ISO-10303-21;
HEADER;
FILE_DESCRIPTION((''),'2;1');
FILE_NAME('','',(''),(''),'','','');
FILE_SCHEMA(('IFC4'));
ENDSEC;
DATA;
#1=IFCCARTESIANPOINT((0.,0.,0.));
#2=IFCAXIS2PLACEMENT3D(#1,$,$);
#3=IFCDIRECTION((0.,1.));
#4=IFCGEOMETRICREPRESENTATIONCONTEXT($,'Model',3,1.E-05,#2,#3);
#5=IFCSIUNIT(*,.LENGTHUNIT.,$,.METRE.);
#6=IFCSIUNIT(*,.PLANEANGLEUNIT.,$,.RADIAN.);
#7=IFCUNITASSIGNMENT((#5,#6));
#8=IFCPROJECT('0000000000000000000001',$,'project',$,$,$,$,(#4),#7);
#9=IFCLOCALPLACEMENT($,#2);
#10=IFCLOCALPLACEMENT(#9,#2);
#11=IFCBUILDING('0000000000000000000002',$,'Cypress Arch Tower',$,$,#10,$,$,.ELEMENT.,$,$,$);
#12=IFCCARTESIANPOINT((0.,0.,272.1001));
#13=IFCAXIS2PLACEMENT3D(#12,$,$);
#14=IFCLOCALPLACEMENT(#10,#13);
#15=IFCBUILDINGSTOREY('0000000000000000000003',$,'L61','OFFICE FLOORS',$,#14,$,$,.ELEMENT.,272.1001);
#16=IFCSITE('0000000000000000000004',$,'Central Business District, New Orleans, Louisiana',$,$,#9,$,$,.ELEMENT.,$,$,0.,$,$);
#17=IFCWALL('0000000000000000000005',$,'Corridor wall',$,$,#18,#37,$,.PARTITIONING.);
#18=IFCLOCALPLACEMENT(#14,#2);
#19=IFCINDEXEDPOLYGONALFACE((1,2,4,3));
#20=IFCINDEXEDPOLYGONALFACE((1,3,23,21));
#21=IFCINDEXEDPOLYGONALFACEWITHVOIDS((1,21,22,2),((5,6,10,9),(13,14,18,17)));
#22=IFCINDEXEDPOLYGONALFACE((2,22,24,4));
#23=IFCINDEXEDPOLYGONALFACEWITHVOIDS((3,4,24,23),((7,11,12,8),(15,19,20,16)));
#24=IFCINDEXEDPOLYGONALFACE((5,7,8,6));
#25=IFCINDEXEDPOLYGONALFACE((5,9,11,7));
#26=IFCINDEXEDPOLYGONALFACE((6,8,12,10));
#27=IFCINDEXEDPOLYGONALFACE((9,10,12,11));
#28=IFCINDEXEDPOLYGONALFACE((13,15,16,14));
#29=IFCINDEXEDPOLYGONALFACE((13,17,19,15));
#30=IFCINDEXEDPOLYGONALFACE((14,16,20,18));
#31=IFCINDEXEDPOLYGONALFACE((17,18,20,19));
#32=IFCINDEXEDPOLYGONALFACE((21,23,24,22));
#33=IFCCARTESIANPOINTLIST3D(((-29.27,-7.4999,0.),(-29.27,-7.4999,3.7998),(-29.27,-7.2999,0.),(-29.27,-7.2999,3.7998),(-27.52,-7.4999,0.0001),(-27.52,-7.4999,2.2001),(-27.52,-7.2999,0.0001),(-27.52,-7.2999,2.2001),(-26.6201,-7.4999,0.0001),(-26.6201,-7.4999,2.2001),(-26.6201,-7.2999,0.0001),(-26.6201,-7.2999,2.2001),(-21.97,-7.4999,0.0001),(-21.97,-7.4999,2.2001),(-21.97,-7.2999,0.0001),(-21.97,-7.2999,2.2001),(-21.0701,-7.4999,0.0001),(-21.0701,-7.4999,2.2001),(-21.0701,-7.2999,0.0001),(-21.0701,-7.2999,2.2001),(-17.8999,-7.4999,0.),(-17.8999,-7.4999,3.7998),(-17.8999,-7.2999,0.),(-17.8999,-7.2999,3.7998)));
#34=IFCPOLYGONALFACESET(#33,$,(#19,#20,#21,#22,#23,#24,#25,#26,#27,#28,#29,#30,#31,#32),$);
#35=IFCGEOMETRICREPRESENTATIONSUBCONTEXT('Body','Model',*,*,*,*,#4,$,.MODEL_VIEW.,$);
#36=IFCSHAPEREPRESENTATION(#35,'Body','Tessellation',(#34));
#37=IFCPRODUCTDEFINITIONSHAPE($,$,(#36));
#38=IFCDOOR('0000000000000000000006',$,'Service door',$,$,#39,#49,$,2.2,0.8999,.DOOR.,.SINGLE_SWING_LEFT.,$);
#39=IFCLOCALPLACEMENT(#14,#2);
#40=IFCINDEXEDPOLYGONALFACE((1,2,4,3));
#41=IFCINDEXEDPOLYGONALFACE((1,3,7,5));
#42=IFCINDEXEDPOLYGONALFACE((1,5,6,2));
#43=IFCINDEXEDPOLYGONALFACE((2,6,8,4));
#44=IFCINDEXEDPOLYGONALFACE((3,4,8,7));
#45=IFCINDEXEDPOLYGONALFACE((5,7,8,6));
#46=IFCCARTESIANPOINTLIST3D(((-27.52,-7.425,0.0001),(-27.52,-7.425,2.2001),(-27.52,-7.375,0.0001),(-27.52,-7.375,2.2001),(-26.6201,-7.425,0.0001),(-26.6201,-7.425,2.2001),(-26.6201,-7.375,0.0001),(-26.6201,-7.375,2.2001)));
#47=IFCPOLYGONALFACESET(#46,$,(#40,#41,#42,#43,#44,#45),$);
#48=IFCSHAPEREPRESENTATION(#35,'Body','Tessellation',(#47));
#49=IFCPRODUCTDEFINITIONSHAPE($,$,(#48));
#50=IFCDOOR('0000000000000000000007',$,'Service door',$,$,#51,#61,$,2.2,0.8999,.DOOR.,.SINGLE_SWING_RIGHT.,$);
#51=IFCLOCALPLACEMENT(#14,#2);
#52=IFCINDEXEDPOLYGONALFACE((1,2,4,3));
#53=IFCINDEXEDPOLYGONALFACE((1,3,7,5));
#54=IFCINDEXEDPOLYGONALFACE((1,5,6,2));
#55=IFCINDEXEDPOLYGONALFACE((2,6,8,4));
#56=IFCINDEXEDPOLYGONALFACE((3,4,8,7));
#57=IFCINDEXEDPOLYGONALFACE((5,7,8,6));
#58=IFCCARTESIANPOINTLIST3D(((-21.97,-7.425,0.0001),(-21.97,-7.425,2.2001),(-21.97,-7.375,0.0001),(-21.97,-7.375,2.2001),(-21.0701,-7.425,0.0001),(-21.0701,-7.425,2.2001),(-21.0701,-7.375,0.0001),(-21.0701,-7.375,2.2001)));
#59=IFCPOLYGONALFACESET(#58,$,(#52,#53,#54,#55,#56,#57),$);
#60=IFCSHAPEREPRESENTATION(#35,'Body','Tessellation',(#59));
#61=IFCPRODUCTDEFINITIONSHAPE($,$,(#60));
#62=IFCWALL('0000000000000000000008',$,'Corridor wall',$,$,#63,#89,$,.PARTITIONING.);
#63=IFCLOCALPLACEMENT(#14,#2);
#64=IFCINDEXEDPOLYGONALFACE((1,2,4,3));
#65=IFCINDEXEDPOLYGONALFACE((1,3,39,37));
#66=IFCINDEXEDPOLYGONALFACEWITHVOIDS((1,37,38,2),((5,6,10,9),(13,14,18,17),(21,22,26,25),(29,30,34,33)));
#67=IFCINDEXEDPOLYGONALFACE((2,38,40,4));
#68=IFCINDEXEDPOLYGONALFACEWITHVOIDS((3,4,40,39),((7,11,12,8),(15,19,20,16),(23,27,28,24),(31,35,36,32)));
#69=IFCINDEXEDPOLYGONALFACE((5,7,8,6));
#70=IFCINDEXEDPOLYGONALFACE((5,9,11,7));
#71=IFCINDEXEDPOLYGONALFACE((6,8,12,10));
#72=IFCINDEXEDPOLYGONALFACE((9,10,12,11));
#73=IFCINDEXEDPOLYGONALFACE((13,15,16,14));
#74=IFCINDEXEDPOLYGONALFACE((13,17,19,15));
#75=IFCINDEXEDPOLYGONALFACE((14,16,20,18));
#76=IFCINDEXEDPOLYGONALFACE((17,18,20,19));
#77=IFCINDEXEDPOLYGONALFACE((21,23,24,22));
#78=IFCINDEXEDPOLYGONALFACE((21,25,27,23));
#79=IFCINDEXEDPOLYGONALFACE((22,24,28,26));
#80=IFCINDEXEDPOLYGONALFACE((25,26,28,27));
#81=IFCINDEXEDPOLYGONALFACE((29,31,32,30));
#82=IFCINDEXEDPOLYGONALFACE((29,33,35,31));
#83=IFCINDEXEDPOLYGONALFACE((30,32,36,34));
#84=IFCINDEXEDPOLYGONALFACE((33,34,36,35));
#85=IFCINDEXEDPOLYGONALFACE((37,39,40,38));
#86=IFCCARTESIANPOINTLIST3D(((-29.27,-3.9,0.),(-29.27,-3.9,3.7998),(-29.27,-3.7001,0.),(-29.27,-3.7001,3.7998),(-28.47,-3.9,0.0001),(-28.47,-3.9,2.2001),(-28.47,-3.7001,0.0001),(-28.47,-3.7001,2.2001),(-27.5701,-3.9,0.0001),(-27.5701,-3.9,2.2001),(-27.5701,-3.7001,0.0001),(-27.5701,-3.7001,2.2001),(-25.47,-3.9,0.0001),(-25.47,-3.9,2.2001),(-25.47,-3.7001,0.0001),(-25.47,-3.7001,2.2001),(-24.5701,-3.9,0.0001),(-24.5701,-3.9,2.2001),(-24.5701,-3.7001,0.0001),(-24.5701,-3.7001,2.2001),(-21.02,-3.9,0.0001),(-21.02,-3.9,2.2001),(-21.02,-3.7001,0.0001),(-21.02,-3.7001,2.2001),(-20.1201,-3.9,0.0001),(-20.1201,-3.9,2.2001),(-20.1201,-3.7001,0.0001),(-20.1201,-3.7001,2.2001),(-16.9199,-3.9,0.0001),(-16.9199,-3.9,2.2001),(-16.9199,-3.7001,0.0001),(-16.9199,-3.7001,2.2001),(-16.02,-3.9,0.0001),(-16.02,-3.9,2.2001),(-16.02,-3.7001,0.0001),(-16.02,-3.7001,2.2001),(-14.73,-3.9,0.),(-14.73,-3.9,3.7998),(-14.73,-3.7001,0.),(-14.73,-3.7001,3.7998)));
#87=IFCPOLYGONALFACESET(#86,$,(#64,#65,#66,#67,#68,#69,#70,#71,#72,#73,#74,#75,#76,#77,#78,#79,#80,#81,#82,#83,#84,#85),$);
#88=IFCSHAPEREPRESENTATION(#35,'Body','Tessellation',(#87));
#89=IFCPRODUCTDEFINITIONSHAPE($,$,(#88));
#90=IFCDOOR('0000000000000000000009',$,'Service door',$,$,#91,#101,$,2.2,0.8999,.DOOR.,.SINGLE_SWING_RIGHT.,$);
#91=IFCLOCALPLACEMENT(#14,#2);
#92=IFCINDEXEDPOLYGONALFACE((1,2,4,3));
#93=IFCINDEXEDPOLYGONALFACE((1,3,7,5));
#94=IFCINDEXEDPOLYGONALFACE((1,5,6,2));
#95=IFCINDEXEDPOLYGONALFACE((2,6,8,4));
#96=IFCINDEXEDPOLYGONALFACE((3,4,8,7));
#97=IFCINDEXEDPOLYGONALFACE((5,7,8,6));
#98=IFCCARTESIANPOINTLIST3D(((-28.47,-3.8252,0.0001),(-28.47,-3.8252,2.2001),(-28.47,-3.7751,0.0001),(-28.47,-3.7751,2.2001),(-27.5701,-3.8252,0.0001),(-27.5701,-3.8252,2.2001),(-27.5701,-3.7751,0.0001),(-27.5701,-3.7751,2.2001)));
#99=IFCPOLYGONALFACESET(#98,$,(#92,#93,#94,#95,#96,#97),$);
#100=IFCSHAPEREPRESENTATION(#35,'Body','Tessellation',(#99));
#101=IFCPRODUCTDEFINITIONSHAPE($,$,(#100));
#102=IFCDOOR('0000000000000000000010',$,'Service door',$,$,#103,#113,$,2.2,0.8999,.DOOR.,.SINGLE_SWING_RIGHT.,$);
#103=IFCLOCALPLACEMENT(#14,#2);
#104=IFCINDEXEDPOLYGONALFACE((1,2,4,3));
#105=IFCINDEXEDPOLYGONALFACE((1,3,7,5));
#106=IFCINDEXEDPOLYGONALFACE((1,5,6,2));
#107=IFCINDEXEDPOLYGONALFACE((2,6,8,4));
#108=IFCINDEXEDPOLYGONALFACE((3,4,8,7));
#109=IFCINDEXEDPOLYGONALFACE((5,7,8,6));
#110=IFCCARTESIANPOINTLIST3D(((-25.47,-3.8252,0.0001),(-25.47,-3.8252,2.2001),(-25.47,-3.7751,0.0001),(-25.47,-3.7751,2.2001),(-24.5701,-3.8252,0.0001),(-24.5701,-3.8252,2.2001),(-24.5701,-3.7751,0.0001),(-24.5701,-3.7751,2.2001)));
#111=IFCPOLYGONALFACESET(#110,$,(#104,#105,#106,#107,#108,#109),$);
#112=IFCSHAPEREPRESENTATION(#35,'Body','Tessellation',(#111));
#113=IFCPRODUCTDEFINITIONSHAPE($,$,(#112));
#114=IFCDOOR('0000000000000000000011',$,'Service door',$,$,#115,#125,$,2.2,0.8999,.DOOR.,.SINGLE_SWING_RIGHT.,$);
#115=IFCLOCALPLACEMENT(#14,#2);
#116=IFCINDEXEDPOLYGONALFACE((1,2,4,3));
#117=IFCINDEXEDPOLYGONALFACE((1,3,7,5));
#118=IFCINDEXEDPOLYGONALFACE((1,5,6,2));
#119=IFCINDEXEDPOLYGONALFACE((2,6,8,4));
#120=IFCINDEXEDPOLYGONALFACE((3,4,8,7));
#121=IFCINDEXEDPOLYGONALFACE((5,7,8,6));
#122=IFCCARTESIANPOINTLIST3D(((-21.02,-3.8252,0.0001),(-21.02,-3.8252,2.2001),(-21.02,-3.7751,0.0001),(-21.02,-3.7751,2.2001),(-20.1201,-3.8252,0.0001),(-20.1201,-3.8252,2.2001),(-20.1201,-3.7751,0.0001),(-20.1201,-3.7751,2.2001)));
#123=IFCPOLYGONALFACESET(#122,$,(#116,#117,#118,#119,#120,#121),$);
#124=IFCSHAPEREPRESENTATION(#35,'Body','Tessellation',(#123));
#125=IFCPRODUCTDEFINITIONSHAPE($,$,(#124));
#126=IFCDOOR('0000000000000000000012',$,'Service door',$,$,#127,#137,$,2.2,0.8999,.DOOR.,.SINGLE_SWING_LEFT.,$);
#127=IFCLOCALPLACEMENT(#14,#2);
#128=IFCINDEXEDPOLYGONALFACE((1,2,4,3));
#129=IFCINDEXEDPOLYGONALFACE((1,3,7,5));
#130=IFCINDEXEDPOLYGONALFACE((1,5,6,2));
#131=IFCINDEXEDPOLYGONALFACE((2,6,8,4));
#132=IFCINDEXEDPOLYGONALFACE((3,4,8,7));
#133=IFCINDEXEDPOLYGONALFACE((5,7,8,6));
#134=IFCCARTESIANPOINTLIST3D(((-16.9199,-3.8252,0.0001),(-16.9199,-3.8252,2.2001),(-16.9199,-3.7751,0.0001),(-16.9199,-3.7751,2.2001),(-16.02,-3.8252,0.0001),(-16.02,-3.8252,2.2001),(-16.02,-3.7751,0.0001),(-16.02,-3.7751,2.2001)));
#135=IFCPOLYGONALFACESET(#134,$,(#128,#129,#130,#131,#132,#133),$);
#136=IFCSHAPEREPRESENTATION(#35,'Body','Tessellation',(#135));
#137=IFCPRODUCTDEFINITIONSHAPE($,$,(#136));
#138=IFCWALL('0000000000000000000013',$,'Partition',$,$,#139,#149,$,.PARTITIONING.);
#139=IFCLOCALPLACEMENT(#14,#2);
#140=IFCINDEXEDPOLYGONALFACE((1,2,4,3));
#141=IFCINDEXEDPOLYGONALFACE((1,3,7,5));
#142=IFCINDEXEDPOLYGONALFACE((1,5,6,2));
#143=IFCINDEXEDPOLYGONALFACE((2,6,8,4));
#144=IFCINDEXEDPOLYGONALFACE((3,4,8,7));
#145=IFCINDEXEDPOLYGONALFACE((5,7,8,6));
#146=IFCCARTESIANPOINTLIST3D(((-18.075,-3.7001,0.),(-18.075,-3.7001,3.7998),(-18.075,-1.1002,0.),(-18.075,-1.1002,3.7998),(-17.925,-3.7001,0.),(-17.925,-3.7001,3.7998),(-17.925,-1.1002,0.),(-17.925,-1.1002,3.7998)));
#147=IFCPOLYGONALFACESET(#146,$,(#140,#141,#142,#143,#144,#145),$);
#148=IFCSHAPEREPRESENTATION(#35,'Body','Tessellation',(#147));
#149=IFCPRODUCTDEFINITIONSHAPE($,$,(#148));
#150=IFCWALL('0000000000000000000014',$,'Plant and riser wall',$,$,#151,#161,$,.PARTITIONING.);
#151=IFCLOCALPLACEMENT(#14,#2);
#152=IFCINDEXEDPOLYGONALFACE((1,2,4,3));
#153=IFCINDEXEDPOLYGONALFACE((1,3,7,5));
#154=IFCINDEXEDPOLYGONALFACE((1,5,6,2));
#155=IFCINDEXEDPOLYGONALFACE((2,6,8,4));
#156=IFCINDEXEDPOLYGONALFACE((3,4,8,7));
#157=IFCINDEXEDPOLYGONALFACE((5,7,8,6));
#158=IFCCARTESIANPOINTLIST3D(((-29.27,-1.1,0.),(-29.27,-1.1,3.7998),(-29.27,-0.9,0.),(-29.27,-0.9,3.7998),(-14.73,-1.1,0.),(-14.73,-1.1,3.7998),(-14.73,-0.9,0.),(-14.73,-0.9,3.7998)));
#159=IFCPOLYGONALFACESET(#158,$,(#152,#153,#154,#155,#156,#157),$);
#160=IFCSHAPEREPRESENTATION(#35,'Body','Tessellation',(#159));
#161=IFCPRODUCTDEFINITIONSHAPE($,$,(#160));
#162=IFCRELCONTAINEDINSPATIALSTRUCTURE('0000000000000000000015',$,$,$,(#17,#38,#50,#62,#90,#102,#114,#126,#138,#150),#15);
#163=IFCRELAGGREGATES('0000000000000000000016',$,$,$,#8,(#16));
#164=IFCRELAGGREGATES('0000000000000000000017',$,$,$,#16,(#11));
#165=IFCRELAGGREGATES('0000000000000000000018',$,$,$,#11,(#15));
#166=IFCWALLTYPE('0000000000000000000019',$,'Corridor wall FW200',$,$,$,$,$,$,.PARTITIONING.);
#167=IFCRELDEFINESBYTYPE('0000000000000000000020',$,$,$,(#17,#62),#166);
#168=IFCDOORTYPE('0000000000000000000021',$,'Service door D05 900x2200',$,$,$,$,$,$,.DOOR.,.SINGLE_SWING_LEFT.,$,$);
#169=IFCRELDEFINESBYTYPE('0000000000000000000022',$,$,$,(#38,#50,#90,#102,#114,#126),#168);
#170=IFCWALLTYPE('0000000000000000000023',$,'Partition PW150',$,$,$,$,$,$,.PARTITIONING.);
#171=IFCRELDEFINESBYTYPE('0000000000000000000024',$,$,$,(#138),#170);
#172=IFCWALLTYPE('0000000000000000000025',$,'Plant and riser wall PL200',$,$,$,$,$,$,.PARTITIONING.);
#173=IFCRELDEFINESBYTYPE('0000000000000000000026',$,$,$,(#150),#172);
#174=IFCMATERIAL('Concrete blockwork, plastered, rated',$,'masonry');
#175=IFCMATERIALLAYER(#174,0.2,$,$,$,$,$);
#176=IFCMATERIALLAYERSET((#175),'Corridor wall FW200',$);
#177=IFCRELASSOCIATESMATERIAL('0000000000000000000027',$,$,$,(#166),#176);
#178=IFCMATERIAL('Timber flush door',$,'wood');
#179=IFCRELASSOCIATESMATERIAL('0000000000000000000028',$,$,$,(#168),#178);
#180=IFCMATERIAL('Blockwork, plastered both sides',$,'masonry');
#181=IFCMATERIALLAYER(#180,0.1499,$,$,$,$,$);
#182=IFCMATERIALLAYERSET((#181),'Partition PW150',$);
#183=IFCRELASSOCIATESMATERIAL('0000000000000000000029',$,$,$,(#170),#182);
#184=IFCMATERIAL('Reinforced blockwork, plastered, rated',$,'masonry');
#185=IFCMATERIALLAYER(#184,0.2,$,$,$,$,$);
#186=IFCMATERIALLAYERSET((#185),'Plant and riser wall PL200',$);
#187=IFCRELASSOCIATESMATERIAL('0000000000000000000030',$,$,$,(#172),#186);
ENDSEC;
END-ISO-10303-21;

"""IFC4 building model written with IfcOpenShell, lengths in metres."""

from ifc_helpers import new_model, si_unit, direction, frame, frame_2d, origin, place, context, subcontext, project, spatial, rectangle, extrude, material, layer, layer_set, type_object, element, fill, save


model = new_model("IFC4")

# Units and contexts
model_context = context("Model", 3, precision=1e-05, world=origin(), true_north=direction((0.0, 1.0)))
body_context = subcontext(model_context, "Body", "Model", "MODEL_VIEW")
ifc_project = project(units=[si_unit("LENGTHUNIT", "METRE"), si_unit("PLANEANGLEUNIT", "RADIAN")], contexts=[model_context])

# Site, building, storey
site_placement = place(None, origin())
site = spatial("IfcSite", under=ifc_project, at=site_placement, Name="Central Business District, New Orleans, Louisiana", CompositionType="ELEMENT", RefElevation=0.0)
building_placement = place(site_placement, origin())
building = spatial("IfcBuilding", under=site, at=building_placement, Name="Cypress Arch Tower", CompositionType="ELEMENT")
storey_placement = place(building_placement, frame((0.0, 0.0, 272.1001)))
storey = spatial("IfcBuildingStorey", under=building, at=storey_placement, Name="L61", Description="OFFICE FLOORS", CompositionType="ELEMENT", Elevation=272.1001)

# Walls, openings, doors
ifc_material_1 = material(Name="Concrete blockwork, plastered, rated", Category="masonry")
ifc_layer_1 = layer(ifc_material_1, 0.2)
ifc_layer_set_1 = layer_set([ifc_layer_1], Name="Corridor wall FW200")
wall_type_1 = type_object("IfcWallType", Name="Corridor wall FW200", PredefinedType="PARTITIONING", material=ifc_layer_set_1)
wall_1_placement = place(storey_placement, frame((-29.27, -7.3999, 0.0), z_axis=(0.0, 0.0, 1.0), x_axis=(1.0, 0.0, 0.0)))
wall_1 = element("IfcWall", 1, at=wall_1_placement, inside=storey, type_object=wall_type_1, Name="Corridor wall", PredefinedType="PARTITIONING", context=body_context, shape_type="SweptSolid", body=[
    extrude(rectangle(XDim=11.3701, YDim=0.2, at=frame_2d((5.6851, 0.0))), origin(), (0.0, 0.0, 1.0), 3.7998),
])
opening_1_placement = place(wall_1_placement, frame((1.75, 0.0, 0.0)))
opening_1 = element("IfcOpeningElement", 2, at=opening_1_placement, cuts=wall_1, PredefinedType="OPENING", context=body_context, shape_type="SweptSolid", body=[
    extrude(rectangle(XDim=0.8999, YDim=2.2, at=frame_2d((0.45, 1.1001))), frame((0.0, 0.1099, 0.0), z_axis=(0.0, -1.0, 0.0), x_axis=(1.0, 0.0, 0.0)), (0.0, 0.0, 1.0), 0.22),
])
opening_2_placement = place(wall_1_placement, frame((7.3, 0.0, 0.0)))
opening_2 = element("IfcOpeningElement", 3, at=opening_2_placement, cuts=wall_1, PredefinedType="OPENING", context=body_context, shape_type="SweptSolid", body=[
    extrude(rectangle(XDim=0.8999, YDim=2.2, at=frame_2d((0.45, 1.1001))), frame((0.0, 0.1099, 0.0), z_axis=(0.0, -1.0, 0.0), x_axis=(1.0, 0.0, 0.0)), (0.0, 0.0, 1.0), 0.22),
])
ifc_material_2 = material(Name="Timber flush door", Category="wood")
door_type = type_object("IfcDoorType", Name="Service door D05 900x2200", OperationType="SINGLE_SWING_LEFT", PredefinedType="DOOR", material=ifc_material_2)
door_1_placement = place(opening_1_placement, origin())
door_1 = element("IfcDoor", 4, at=door_1_placement, inside=storey, type_object=door_type, Name="Service door", OperationType="SINGLE_SWING_LEFT", OverallHeight=2.2, OverallWidth=0.8999, PredefinedType="DOOR", context=body_context, shape_type="SweptSolid", body=[
    extrude(rectangle(XDim=0.8999, YDim=2.2, at=frame_2d((0.45, 1.1001))), frame((0.0, 0.0249, 0.0), z_axis=(0.0, -1.0, 0.0), x_axis=(1.0, 0.0, 0.0)), (0.0, 0.0, 1.0), 0.05),
])
fill(opening_1, door_1)
door_2_placement = place(opening_2_placement, origin())
door_2 = element("IfcDoor", 5, at=door_2_placement, inside=storey, type_object=door_type, Name="Service door", OperationType="SINGLE_SWING_RIGHT", OverallHeight=2.2, OverallWidth=0.8999, PredefinedType="DOOR", context=body_context, shape_type="SweptSolid", body=[
    extrude(rectangle(XDim=0.8999, YDim=2.2, at=frame_2d((0.45, 1.1001))), frame((0.0, 0.0249, 0.0), z_axis=(0.0, -1.0, 0.0), x_axis=(1.0, 0.0, 0.0)), (0.0, 0.0, 1.0), 0.05),
])
fill(opening_2, door_2)
wall_2_placement = place(storey_placement, frame((-29.27, -3.8, 0.0), z_axis=(0.0, 0.0, 1.0), x_axis=(1.0, 0.0, 0.0)))
wall_2 = element("IfcWall", 6, at=wall_2_placement, inside=storey, type_object=wall_type_1, Name="Corridor wall", PredefinedType="PARTITIONING", context=body_context, shape_type="SweptSolid", body=[
    extrude(rectangle(XDim=14.54, YDim=0.2, at=frame_2d((7.27, 0.0))), origin(), (0.0, 0.0, 1.0), 3.7998),
])
opening_3_placement = place(wall_2_placement, frame((0.8, 0.0, 0.0)))
opening_3 = element("IfcOpeningElement", 7, at=opening_3_placement, cuts=wall_2, PredefinedType="OPENING", context=body_context, shape_type="SweptSolid", body=[
    extrude(rectangle(XDim=0.8999, YDim=2.2, at=frame_2d((0.45, 1.1001))), frame((0.0, 0.1099, 0.0), z_axis=(0.0, -1.0, 0.0), x_axis=(1.0, 0.0, 0.0)), (0.0, 0.0, 1.0), 0.22),
])
opening_4_placement = place(wall_2_placement, frame((3.8, 0.0, 0.0)))
opening_4 = element("IfcOpeningElement", 8, at=opening_4_placement, cuts=wall_2, PredefinedType="OPENING", context=body_context, shape_type="SweptSolid", body=[
    extrude(rectangle(XDim=0.8999, YDim=2.2, at=frame_2d((0.45, 1.1001))), frame((0.0, 0.1099, 0.0), z_axis=(0.0, -1.0, 0.0), x_axis=(1.0, 0.0, 0.0)), (0.0, 0.0, 1.0), 0.22),
])
opening_5_placement = place(wall_2_placement, frame((8.25, 0.0, 0.0)))
opening_5 = element("IfcOpeningElement", 9, at=opening_5_placement, cuts=wall_2, PredefinedType="OPENING", context=body_context, shape_type="SweptSolid", body=[
    extrude(rectangle(XDim=0.8999, YDim=2.2, at=frame_2d((0.45, 1.1001))), frame((0.0, 0.1099, 0.0), z_axis=(0.0, -1.0, 0.0), x_axis=(1.0, 0.0, 0.0)), (0.0, 0.0, 1.0), 0.22),
])
opening_6_placement = place(wall_2_placement, frame((12.3501, 0.0, 0.0)))
opening_6 = element("IfcOpeningElement", 10, at=opening_6_placement, cuts=wall_2, PredefinedType="OPENING", context=body_context, shape_type="SweptSolid", body=[
    extrude(rectangle(XDim=0.8999, YDim=2.2, at=frame_2d((0.45, 1.1001))), frame((0.0, 0.1099, 0.0), z_axis=(0.0, -1.0, 0.0), x_axis=(1.0, 0.0, 0.0)), (0.0, 0.0, 1.0), 0.22),
])
door_3_placement = place(opening_3_placement, origin())
door_3 = element("IfcDoor", 11, at=door_3_placement, inside=storey, type_object=door_type, Name="Service door", OperationType="SINGLE_SWING_RIGHT", OverallHeight=2.2, OverallWidth=0.8999, PredefinedType="DOOR", context=body_context, shape_type="SweptSolid", body=[
    extrude(rectangle(XDim=0.8999, YDim=2.2, at=frame_2d((0.45, 1.1001))), frame((0.0, 0.0249, 0.0), z_axis=(0.0, -1.0, 0.0), x_axis=(1.0, 0.0, 0.0)), (0.0, 0.0, 1.0), 0.05),
])
fill(opening_3, door_3)
door_4_placement = place(opening_4_placement, origin())
door_4 = element("IfcDoor", 12, at=door_4_placement, inside=storey, type_object=door_type, Name="Service door", OperationType="SINGLE_SWING_RIGHT", OverallHeight=2.2, OverallWidth=0.8999, PredefinedType="DOOR", context=body_context, shape_type="SweptSolid", body=[
    extrude(rectangle(XDim=0.8999, YDim=2.2, at=frame_2d((0.45, 1.1001))), frame((0.0, 0.0249, 0.0), z_axis=(0.0, -1.0, 0.0), x_axis=(1.0, 0.0, 0.0)), (0.0, 0.0, 1.0), 0.05),
])
fill(opening_4, door_4)
door_5_placement = place(opening_5_placement, origin())
door_5 = element("IfcDoor", 13, at=door_5_placement, inside=storey, type_object=door_type, Name="Service door", OperationType="SINGLE_SWING_RIGHT", OverallHeight=2.2, OverallWidth=0.8999, PredefinedType="DOOR", context=body_context, shape_type="SweptSolid", body=[
    extrude(rectangle(XDim=0.8999, YDim=2.2, at=frame_2d((0.45, 1.1001))), frame((0.0, 0.0249, 0.0), z_axis=(0.0, -1.0, 0.0), x_axis=(1.0, 0.0, 0.0)), (0.0, 0.0, 1.0), 0.05),
])
fill(opening_5, door_5)
door_6_placement = place(opening_6_placement, origin())
door_6 = element("IfcDoor", 14, at=door_6_placement, inside=storey, type_object=door_type, Name="Service door", OperationType="SINGLE_SWING_LEFT", OverallHeight=2.2, OverallWidth=0.8999, PredefinedType="DOOR", context=body_context, shape_type="SweptSolid", body=[
    extrude(rectangle(XDim=0.8999, YDim=2.2, at=frame_2d((0.45, 1.1001))), frame((0.0, 0.0249, 0.0), z_axis=(0.0, -1.0, 0.0), x_axis=(1.0, 0.0, 0.0)), (0.0, 0.0, 1.0), 0.05),
])
fill(opening_6, door_6)

# Walls
ifc_material_3 = material(Name="Blockwork, plastered both sides", Category="masonry")
ifc_layer_2 = layer(ifc_material_3, 0.1499)
ifc_layer_set_2 = layer_set([ifc_layer_2], Name="Partition PW150")
wall_type_2 = type_object("IfcWallType", Name="Partition PW150", PredefinedType="PARTITIONING", material=ifc_layer_set_2)
wall_3_placement = place(storey_placement, frame((-18.0, -3.7, 0.0), z_axis=(0.0, 0.0, 1.0), x_axis=(0.0, 1.0, 0.0)))
element("IfcWall", 15, at=wall_3_placement, inside=storey, type_object=wall_type_2, Name="Partition", PredefinedType="PARTITIONING", context=body_context, shape_type="SweptSolid", body=[
    extrude(rectangle(XDim=2.5999, YDim=0.1499, at=frame_2d((1.2998, 0.0))), origin(), (0.0, 0.0, 1.0), 3.7998),
])
ifc_material_4 = material(Name="Reinforced blockwork, plastered, rated", Category="masonry")
ifc_layer_3 = layer(ifc_material_4, 0.2)
ifc_layer_set_3 = layer_set([ifc_layer_3], Name="Plant and riser wall PL200")
wall_type_3 = type_object("IfcWallType", Name="Plant and riser wall PL200", PredefinedType="PARTITIONING", material=ifc_layer_set_3)
wall_4_placement = place(storey_placement, frame((-29.27, -1.0, 0.0), z_axis=(0.0, 0.0, 1.0), x_axis=(1.0, 0.0, 0.0)))
element("IfcWall", 16, at=wall_4_placement, inside=storey, type_object=wall_type_3, Name="Plant and riser wall", PredefinedType="PARTITIONING", context=body_context, shape_type="SweptSolid", body=[
    extrude(rectangle(XDim=14.54, YDim=0.2, at=frame_2d((7.27, 0.0))), origin(), (0.0, 0.0, 1.0), 3.7998),
])

save(model, "model.ifc")
